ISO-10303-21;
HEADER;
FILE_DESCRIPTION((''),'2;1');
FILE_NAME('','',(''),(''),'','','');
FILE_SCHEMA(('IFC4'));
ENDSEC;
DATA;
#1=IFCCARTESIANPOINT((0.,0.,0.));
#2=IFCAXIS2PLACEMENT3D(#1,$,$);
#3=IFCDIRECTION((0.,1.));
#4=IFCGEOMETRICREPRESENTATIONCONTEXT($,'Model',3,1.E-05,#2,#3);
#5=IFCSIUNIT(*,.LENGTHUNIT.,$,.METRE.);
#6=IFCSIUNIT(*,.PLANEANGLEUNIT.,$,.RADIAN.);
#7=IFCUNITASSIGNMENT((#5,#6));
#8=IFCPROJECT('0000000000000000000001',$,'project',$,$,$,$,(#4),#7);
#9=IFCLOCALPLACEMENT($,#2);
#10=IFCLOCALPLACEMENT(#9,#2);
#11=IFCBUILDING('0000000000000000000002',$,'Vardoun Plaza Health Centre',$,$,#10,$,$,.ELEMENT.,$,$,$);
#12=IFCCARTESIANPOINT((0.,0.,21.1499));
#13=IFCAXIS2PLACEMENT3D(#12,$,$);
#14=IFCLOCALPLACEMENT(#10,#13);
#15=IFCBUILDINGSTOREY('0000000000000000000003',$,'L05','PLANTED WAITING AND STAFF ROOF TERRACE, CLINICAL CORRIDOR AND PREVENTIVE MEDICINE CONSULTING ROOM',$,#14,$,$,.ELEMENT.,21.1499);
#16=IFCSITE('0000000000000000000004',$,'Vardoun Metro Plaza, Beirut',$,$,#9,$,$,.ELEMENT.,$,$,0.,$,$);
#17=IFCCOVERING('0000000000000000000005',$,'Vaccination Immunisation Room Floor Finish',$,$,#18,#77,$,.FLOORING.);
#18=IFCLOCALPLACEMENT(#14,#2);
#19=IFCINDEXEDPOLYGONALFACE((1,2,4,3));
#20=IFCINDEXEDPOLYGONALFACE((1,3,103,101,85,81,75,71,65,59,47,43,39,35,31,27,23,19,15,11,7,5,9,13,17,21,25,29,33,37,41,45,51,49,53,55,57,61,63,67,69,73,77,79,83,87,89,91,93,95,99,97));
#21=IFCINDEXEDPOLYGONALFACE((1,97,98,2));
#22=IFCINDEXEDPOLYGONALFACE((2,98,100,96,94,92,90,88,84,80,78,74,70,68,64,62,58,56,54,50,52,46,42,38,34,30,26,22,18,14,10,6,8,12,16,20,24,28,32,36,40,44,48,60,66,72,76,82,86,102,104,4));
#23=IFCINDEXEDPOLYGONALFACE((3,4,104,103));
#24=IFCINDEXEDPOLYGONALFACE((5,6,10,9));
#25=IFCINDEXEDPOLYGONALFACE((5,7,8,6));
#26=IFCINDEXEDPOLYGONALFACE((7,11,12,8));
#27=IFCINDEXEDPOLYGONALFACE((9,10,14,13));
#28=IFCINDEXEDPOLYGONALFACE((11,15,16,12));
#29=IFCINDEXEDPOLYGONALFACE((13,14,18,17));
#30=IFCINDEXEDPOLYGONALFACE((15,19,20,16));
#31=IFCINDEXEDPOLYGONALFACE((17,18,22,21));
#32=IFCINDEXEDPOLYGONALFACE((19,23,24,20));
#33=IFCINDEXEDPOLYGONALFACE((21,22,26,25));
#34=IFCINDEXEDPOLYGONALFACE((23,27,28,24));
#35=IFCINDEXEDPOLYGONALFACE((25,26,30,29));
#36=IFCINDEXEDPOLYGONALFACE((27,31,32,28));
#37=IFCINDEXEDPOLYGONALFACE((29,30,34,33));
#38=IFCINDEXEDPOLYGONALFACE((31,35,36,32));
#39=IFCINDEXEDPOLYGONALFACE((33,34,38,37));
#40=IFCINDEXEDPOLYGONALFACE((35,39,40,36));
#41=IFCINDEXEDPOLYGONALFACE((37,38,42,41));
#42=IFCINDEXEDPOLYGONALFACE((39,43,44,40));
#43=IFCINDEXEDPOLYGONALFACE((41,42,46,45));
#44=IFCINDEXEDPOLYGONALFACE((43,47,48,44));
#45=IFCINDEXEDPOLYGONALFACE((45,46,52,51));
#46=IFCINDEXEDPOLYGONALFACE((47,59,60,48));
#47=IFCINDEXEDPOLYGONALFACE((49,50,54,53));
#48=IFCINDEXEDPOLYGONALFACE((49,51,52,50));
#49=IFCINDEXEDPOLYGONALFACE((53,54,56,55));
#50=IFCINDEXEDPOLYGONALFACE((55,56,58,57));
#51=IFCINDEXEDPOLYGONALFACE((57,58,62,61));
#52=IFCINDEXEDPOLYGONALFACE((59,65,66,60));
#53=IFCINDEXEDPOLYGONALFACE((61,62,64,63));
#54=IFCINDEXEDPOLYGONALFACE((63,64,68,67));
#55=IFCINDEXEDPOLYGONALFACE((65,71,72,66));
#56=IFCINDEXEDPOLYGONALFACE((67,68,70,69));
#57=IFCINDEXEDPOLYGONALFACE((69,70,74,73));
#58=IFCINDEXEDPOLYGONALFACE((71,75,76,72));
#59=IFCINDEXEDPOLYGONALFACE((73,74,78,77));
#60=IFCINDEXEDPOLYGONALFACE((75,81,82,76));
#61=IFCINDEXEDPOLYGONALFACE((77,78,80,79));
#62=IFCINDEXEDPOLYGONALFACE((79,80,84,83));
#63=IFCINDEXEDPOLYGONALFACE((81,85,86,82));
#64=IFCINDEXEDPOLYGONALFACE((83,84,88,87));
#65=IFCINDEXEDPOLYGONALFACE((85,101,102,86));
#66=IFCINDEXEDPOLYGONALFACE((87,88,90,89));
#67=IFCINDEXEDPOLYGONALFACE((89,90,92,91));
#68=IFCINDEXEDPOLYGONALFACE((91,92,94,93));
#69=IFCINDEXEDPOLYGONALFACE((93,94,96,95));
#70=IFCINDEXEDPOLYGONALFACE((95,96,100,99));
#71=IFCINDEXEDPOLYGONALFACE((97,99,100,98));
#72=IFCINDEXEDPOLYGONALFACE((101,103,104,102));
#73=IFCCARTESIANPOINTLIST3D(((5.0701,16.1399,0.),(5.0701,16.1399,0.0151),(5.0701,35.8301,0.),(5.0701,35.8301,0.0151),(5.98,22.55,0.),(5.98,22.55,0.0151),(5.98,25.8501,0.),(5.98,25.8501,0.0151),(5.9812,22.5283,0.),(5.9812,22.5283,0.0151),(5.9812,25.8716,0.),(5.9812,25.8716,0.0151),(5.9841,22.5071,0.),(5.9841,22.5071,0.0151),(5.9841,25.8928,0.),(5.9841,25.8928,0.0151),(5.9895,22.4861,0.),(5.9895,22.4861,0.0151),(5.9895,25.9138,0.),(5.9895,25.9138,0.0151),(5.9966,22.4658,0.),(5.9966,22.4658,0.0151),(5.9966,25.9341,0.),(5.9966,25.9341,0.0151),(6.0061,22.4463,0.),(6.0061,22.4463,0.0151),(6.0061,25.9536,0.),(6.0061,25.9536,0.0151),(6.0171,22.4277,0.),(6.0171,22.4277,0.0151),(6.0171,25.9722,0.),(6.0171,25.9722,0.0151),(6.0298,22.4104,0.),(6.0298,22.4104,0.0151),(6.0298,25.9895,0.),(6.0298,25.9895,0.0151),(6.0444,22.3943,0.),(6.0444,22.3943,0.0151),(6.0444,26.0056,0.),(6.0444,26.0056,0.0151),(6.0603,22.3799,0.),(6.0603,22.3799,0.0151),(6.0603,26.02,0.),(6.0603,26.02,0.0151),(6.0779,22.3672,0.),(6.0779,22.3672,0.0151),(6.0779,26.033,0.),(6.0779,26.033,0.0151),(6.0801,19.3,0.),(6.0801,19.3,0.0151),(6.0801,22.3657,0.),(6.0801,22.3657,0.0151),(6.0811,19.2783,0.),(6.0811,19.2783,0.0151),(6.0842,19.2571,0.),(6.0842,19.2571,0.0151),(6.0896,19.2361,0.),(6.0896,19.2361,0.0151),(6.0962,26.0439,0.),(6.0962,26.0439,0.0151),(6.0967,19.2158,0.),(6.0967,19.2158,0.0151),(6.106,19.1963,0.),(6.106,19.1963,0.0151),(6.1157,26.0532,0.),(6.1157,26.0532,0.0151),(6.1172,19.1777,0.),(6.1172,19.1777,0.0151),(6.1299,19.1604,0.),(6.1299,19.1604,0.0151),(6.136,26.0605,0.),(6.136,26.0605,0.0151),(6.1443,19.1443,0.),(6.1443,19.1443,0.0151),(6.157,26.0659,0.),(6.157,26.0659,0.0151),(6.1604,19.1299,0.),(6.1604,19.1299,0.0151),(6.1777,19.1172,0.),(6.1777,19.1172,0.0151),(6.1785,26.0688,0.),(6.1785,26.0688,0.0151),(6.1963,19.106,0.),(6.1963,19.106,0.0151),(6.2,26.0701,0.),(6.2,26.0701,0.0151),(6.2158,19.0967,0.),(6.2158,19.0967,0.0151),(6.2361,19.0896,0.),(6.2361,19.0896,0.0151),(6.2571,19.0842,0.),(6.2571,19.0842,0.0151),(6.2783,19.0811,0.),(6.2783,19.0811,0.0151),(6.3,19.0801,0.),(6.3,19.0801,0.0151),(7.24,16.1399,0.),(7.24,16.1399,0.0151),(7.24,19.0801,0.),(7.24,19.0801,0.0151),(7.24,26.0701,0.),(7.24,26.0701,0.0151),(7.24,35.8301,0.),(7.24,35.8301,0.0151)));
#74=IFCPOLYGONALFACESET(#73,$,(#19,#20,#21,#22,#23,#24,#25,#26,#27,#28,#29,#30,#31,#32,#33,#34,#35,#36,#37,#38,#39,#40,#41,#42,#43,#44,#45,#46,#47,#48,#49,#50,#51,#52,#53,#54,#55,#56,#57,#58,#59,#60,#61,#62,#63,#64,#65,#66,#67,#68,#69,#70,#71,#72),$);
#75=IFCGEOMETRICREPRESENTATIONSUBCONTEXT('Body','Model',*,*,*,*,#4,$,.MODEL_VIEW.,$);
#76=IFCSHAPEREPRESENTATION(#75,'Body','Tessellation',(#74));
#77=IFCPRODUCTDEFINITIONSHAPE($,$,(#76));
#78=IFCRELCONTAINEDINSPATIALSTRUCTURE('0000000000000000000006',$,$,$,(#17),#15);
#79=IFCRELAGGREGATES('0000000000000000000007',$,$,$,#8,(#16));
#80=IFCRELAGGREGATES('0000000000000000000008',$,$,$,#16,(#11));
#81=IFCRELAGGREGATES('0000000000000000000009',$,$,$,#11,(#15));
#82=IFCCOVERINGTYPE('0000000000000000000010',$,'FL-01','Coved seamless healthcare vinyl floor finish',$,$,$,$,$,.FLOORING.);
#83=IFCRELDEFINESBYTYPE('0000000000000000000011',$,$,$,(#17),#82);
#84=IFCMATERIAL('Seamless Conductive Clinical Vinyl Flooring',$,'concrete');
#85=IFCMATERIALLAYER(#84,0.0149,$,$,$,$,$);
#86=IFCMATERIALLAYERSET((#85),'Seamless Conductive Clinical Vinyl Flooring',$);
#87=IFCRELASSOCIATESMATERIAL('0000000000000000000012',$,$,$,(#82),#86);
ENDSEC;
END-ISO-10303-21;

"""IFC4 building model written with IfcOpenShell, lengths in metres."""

from ifc_helpers import new_model, si_unit, direction, frame, origin, place, context, subcontext, project, spatial, polyline, outline, extrude, material, layer, layer_set, type_object, element, save


model = new_model("IFC4")

# Units and contexts
model_context = context("Model", 3, precision=1e-05, world=origin(), true_north=direction((0.0, 1.0)))
body_context = subcontext(model_context, "Body", "Model", "MODEL_VIEW")
ifc_project = project(units=[si_unit("LENGTHUNIT", "METRE"), si_unit("PLANEANGLEUNIT", "RADIAN")], contexts=[model_context])

# Site, building, storey
site_placement = place(None, origin())
site = spatial("IfcSite", under=ifc_project, at=site_placement, Name="Vardoun Metro Plaza, Beirut", CompositionType="ELEMENT", RefElevation=0.0)
building_placement = place(site_placement, origin())
building = spatial("IfcBuilding", under=site, at=building_placement, Name="Vardoun Plaza Health Centre", CompositionType="ELEMENT")
storey_placement = place(building_placement, frame((0.0, 0.0, 21.1499)))
storey = spatial("IfcBuildingStorey", under=building, at=storey_placement, Name="L05", Description="PLANTED WAITING AND STAFF ROOF TERRACE, CLINICAL CORRIDOR AND PREVENTIVE MEDICINE CONSULTING ROOM", CompositionType="ELEMENT", Elevation=21.1499)

# Covering
ifc_material_1 = material(Name="Seamless Conductive Clinical Vinyl Flooring", Category="concrete")
ifc_layer_1 = layer(ifc_material_1, 0.0149)
ifc_layer_set_1 = layer_set([ifc_layer_1], Name="Seamless Conductive Clinical Vinyl Flooring")
covering_type_1 = type_object("IfcCoveringType", Name="FL-01", Description="Coved seamless healthcare vinyl floor finish", PredefinedType="FLOORING", material=ifc_layer_set_1)
covering_1_placement = place(storey_placement, origin())
element("IfcCovering", 1, at=covering_1_placement, inside=storey, type_object=covering_type_1, Name="Vaccination Immunisation Room Floor Finish", PredefinedType="FLOORING", context=body_context, shape_type="SweptSolid", body=[
    extrude(outline(polyline([(5.0701, 35.8301), (7.24, 35.8301), (7.24, 26.0701), (6.2, 26.0701), (6.1785, 26.0688), (6.157, 26.0659), (6.136, 26.0605), (6.1157, 26.0532), (6.0962, 26.0439), (6.0779, 26.033), (6.0603, 26.02), (6.0444, 26.0056), (6.0298, 25.9895), (6.0171, 25.9722), (6.0061, 25.9536), (5.9966, 25.9341), (5.9895, 25.9138), (5.9841, 25.8928), (5.9812, 25.8716), (5.98, 25.8501), (5.98, 22.55), (5.9812, 22.5283), (5.9841, 22.5071), (5.9895, 22.4861), (5.9966, 22.4658), (6.0061, 22.4463), (6.0171, 22.4277), (6.0298, 22.4104), (6.0444, 22.3943), (6.0603, 22.3799), (6.0779, 22.3672), (6.0801, 22.3657), (6.0801, 19.3), (6.0811, 19.2783), (6.0842, 19.2571), (6.0896, 19.2361), (6.0967, 19.2158), (6.106, 19.1963), (6.1172, 19.1777), (6.1299, 19.1604), (6.1443, 19.1443), (6.1604, 19.1299), (6.1777, 19.1172), (6.1963, 19.106), (6.2158, 19.0967), (6.2361, 19.0896), (6.2571, 19.0842), (6.2783, 19.0811), (6.3, 19.0801), (7.24, 19.0801), (7.24, 16.1399), (5.0701, 16.1399), (5.0701, 35.8301)])), origin(), (0.0, 0.0, 1.0), 0.0151),
])

save(model, "model.ifc")
